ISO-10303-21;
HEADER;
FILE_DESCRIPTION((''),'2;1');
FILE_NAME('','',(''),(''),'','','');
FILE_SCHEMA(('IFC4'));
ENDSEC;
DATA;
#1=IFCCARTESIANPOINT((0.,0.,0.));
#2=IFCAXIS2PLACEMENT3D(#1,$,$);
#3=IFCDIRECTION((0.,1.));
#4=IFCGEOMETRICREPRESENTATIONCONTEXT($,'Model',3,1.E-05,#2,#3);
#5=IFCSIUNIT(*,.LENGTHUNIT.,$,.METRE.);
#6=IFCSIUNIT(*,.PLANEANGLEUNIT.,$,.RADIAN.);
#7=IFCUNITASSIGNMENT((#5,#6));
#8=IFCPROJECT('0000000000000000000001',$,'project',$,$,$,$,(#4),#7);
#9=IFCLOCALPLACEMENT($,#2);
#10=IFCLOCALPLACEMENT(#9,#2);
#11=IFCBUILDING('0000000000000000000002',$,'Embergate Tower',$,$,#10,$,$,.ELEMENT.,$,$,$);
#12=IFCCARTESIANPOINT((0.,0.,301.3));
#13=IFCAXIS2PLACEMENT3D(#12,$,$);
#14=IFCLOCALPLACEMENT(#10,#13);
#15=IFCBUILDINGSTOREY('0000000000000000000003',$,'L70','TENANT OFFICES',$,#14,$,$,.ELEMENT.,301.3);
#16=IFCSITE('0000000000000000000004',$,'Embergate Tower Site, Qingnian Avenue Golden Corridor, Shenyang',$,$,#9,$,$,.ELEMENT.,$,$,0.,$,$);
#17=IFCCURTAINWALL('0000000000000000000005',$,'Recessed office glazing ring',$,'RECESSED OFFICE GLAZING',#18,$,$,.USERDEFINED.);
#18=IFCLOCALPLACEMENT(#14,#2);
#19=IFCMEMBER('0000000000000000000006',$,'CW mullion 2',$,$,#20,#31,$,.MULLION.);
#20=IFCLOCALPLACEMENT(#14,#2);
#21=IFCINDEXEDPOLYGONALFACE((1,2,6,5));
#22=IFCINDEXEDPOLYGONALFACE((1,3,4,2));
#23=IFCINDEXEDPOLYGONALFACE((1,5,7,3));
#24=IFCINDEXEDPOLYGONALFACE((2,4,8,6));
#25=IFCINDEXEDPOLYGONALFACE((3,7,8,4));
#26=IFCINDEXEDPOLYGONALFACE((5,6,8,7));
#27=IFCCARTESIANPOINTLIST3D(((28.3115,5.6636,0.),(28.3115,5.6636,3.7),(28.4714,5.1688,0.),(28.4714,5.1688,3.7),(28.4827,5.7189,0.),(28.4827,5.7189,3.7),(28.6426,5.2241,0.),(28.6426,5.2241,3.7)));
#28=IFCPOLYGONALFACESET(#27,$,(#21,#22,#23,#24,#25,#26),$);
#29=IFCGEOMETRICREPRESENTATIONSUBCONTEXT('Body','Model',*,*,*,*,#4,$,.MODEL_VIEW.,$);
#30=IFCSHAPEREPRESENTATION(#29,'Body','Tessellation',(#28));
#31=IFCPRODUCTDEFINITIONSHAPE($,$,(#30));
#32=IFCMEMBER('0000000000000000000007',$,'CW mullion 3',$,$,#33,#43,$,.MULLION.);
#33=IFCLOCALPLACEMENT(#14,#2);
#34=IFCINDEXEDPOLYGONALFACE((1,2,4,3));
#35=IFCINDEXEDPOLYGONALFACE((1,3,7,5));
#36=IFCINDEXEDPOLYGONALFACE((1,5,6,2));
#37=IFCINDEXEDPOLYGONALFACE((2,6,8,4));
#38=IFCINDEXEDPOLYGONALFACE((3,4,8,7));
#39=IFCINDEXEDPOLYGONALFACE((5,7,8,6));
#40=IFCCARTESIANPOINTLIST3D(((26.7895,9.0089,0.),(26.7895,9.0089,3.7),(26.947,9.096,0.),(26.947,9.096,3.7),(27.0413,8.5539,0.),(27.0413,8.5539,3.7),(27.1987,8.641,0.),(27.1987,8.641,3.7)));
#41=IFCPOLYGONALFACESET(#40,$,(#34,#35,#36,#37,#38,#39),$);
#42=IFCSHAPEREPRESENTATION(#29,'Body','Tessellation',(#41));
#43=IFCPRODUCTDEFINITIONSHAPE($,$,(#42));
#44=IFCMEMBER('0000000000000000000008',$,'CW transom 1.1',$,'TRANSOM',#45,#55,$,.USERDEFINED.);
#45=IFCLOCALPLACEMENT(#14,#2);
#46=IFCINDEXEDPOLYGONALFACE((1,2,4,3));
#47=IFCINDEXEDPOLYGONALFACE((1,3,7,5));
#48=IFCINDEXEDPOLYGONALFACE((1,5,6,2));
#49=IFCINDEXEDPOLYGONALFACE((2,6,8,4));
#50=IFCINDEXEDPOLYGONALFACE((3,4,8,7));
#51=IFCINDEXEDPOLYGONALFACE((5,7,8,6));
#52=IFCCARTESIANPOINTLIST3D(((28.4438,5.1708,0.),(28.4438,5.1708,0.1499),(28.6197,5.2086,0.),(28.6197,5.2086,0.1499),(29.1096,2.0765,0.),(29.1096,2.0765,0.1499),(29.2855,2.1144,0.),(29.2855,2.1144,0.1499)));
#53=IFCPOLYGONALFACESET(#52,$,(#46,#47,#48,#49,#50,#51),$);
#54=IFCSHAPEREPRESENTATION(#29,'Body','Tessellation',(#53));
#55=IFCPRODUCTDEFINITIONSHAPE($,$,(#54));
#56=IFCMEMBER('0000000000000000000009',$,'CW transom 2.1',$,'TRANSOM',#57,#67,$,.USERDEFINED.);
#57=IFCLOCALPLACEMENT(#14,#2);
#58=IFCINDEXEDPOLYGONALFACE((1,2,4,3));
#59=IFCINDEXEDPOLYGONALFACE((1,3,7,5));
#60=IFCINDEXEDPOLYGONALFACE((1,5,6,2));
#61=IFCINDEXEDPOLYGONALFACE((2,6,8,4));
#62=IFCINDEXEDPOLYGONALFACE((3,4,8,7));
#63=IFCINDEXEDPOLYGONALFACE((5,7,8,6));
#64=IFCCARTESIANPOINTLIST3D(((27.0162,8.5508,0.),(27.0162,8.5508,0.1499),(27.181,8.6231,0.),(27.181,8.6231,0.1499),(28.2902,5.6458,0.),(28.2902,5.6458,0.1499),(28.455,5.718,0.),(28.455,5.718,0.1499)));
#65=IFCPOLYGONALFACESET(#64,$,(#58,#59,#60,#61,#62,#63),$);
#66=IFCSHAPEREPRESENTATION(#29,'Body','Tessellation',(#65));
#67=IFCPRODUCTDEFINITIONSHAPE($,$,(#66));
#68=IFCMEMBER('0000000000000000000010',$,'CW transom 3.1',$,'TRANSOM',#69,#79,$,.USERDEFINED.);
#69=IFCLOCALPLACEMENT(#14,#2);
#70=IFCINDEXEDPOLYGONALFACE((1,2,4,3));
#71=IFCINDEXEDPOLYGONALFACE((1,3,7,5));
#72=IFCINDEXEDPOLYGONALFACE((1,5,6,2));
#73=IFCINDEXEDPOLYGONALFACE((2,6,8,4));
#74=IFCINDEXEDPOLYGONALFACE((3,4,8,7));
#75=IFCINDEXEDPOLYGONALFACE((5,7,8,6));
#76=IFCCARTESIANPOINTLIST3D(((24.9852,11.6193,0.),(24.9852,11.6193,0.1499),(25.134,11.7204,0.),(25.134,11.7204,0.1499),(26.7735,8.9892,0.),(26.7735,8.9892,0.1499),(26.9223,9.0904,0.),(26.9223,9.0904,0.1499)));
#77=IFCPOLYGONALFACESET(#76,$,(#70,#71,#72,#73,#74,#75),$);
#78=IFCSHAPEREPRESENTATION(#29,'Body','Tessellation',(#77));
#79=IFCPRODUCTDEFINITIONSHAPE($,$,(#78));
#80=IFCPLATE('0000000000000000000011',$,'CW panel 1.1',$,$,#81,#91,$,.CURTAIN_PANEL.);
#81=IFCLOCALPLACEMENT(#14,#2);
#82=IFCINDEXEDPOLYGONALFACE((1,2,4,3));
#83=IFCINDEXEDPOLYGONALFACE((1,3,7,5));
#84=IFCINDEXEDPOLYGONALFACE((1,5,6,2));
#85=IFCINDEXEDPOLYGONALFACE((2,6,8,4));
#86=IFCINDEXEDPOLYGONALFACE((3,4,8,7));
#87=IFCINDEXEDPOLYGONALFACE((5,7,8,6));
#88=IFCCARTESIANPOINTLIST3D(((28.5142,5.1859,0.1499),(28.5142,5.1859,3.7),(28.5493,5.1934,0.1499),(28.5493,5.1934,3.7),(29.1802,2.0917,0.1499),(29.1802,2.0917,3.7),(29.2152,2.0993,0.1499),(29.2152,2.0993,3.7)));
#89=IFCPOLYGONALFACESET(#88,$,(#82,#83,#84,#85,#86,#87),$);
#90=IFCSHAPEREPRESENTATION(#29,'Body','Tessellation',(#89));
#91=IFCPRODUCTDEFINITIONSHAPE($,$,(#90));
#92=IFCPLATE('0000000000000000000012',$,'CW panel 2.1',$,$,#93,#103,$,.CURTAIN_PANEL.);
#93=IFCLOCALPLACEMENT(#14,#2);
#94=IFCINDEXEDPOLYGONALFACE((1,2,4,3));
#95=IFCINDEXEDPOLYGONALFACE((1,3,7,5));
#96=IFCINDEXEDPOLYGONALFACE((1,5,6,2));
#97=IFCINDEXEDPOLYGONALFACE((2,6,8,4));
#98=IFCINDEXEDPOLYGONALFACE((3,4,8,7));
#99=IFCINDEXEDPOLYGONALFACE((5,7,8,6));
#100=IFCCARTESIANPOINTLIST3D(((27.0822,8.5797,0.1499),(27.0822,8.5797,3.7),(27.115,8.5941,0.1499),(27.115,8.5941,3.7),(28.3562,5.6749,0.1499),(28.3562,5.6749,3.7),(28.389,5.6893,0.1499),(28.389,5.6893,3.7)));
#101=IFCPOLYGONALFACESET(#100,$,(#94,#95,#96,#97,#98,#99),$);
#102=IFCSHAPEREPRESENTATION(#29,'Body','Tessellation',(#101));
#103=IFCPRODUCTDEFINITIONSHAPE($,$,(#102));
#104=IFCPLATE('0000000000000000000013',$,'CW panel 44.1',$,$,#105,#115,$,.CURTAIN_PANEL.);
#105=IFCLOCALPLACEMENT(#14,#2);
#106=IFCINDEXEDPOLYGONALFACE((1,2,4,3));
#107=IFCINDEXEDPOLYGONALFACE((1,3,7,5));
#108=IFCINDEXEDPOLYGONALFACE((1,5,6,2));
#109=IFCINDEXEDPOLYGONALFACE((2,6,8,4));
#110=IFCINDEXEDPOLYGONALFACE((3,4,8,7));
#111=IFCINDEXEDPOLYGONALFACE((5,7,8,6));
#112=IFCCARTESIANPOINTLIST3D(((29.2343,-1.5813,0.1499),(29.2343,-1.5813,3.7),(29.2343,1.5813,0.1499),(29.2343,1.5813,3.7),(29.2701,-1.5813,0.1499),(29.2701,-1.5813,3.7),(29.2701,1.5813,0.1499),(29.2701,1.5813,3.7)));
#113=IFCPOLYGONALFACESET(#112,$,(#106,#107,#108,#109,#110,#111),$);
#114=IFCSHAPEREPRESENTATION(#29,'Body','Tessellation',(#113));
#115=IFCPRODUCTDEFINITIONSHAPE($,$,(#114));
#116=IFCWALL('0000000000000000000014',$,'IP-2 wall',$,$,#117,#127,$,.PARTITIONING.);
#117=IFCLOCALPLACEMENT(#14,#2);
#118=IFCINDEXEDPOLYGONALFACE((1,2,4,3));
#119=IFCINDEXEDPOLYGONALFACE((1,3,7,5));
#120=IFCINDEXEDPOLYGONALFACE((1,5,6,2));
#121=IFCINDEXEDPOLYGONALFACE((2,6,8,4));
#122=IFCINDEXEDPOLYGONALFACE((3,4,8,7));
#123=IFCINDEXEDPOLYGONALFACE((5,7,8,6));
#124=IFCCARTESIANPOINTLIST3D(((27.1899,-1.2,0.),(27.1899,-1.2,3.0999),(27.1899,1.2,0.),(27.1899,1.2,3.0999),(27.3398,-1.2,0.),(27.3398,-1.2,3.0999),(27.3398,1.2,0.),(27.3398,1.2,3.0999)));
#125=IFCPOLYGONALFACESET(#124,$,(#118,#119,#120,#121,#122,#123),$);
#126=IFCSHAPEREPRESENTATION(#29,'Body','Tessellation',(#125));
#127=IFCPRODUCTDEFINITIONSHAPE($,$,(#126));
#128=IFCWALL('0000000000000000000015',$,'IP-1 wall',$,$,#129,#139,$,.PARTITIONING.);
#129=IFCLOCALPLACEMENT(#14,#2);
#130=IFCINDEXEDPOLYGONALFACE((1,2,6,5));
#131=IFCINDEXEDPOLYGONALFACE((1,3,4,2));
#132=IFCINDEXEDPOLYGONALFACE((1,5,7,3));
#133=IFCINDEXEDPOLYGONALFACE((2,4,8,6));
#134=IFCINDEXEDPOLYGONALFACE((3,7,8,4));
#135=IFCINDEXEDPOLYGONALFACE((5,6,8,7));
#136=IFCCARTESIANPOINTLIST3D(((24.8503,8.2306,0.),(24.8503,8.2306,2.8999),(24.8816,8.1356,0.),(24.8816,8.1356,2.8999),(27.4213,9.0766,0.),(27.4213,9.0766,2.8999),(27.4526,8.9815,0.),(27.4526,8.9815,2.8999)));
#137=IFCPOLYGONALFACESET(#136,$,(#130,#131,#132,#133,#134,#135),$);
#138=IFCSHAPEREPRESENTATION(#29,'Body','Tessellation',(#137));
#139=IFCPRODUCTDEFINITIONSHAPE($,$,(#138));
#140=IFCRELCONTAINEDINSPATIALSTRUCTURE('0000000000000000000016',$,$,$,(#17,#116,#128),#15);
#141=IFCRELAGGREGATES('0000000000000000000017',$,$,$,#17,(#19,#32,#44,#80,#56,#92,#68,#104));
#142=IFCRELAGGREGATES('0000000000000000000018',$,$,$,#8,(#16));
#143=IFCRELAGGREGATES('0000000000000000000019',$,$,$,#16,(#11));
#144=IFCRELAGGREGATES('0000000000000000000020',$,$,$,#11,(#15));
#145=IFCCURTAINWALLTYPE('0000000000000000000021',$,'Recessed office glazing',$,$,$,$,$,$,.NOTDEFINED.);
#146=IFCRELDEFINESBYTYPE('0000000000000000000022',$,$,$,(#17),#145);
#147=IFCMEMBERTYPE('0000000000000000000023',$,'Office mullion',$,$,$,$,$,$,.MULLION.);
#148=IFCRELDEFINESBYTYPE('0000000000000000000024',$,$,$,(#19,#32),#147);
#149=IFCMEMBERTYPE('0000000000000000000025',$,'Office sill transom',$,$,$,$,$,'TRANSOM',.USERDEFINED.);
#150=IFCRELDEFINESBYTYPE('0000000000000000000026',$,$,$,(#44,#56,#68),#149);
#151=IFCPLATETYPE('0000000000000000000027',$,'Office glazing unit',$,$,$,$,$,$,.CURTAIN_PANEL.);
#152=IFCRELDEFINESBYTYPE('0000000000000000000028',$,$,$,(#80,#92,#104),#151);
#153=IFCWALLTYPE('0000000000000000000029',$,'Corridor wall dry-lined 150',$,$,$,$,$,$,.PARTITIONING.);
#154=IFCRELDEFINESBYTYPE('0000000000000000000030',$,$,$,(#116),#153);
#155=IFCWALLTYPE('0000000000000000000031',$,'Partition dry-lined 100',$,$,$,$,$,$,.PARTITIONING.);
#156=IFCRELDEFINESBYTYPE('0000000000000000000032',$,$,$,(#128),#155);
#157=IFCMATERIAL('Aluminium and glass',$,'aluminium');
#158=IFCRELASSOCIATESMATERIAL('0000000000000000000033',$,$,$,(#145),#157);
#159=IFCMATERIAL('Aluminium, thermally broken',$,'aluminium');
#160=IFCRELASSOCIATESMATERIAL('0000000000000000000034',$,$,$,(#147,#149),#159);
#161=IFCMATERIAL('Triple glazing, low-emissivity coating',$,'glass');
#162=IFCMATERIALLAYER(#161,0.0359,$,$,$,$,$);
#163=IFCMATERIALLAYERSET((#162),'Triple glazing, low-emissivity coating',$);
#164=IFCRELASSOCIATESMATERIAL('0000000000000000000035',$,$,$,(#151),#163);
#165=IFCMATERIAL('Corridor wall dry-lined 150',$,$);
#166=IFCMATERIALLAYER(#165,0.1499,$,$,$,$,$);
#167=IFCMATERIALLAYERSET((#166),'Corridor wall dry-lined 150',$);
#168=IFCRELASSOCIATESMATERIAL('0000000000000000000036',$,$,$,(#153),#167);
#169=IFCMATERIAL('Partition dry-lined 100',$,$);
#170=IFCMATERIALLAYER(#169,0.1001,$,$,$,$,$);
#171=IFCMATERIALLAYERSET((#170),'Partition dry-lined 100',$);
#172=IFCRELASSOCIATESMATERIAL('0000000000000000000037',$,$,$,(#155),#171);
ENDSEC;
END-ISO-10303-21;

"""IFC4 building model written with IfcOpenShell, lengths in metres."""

from ifc_helpers import new_model, si_unit, direction, frame, frame_2d, origin, origin_2d, place, context, subcontext, project, spatial, rectangle, extrude, source, transform, mapped, material, layer, layer_set, material_profile, profile_set, type_object, element, aggregate, save


model = new_model("IFC4")

# Units and contexts
model_context = context("Model", 3, precision=1e-05, world=origin(), true_north=direction((0.0, 1.0)))
body_context = subcontext(model_context, "Body", "Model", "MODEL_VIEW")
ifc_project = project(units=[si_unit("LENGTHUNIT", "METRE"), si_unit("PLANEANGLEUNIT", "RADIAN")], contexts=[model_context])

# Site, building, storey
site_placement = place(None, origin())
site = spatial("IfcSite", under=ifc_project, at=site_placement, Name="Embergate Tower Site, Qingnian Avenue Golden Corridor, Shenyang", CompositionType="ELEMENT", RefElevation=0.0)
building_placement = place(site_placement, origin())
building = spatial("IfcBuilding", under=site, at=building_placement, Name="Embergate Tower", CompositionType="ELEMENT")
storey_placement = place(building_placement, frame((0.0, 0.0, 301.3)))
storey = spatial("IfcBuildingStorey", under=building, at=storey_placement, Name="L70", Description="TENANT OFFICES", CompositionType="ELEMENT", Elevation=301.3)

# Curtain wall, members, plates
ifc_material_1 = material(Name="Aluminium and glass", Category="aluminium")
curtain_wall_type = type_object("IfcCurtainWallType", Name="Recessed office glazing", PredefinedType="NOTDEFINED", material=ifc_material_1)
curtain_wall_placement = place(storey_placement, origin())
curtain_wall = element("IfcCurtainWall", 1, at=curtain_wall_placement, inside=storey, type_object=curtain_wall_type, Name="Recessed office glazing ring", ObjectType="RECESSED OFFICE GLAZING", PredefinedType="USERDEFINED")
ifc_material_2 = material(Name="Aluminium, thermally broken", Category="aluminium")
ifc_material_profile_1 = material_profile(ifc_material_2, rectangle(XDim=0.1799, YDim=0.52, at=origin_2d()), Name="AL 520x180")
ifc_profile_set_1 = profile_set([ifc_material_profile_1], Name="Aluminium, thermally broken")
member_type_1 = type_object("IfcMemberType", Name="Office mullion", PredefinedType="MULLION", material=ifc_profile_set_1)
shared_shape_1 = source(origin(), body_context, "Body", "SweptSolid", [
    extrude(rectangle(XDim=0.1799, YDim=0.52, at=origin_2d()), origin(), (0.0, 0.0, 1.0), 3.7),
])
member_1_placement = place(storey_placement, frame((28.4771, 5.4438, 0.0), z_axis=(0.0, 0.0, 1.0), x_axis=(-0.951493, -0.307671, 0.0)))
member_1 = element("IfcMember", 2, at=member_1_placement, type_object=member_type_1, Name="CW mullion 2", PredefinedType="MULLION", context=body_context, shape_type="MappedRepresentation", body=[
    mapped(shared_shape_1, transform((0.0, 0.0, 0.0))),
])
member_2_placement = place(storey_placement, frame((26.9941, 8.825, 0.0), z_axis=(0.0, 0.0, 1.0), x_axis=(-0.874993, -0.484135, 0.0)))
member_2 = element("IfcMember", 3, at=member_2_placement, type_object=member_type_1, Name="CW mullion 3", PredefinedType="MULLION", context=body_context, shape_type="MappedRepresentation", body=[
    mapped(shared_shape_1, transform((0.0, 0.0, 0.0))),
])
ifc_material_profile_2 = material_profile(ifc_material_2, rectangle(XDim=0.1799, YDim=0.1499, at=origin_2d()), Name="AL 150x180")
ifc_profile_set_2 = profile_set([ifc_material_profile_2], Name="Aluminium, thermally broken")
member_type_2 = type_object("IfcMemberType", Name="Office sill transom", ElementType="TRANSOM", PredefinedType="USERDEFINED", material=ifc_profile_set_2)
shared_shape_2 = source(origin(), body_context, "Body", "SweptSolid", [
    extrude(rectangle(XDim=0.1799, YDim=0.1499, at=origin_2d()), origin(), (0.0, 0.0, 1.0), 3.165),
])
member_3_placement = place(storey_placement, frame((29.1975, 2.0955, 0.075), z_axis=(-0.210351, 0.977626, 0.0), x_axis=(-0.977626, -0.210351, 0.0)))
member_3 = element("IfcMember", 4, at=member_3_placement, type_object=member_type_2, Name="CW transom 1.1", ObjectType="TRANSOM", PredefinedType="USERDEFINED", context=body_context, shape_type="MappedRepresentation", body=[
    mapped(shared_shape_2, transform((0.0, 0.0, 0.0))),
])
shared_shape_3 = source(origin(), body_context, "Body", "SweptSolid", [
    extrude(rectangle(XDim=0.1799, YDim=0.1499, at=origin_2d()), origin(), (0.0, 0.0, 1.0), 3.1721),
])
member_4_placement = place(storey_placement, frame((28.3726, 5.6819, 0.075), z_axis=(-0.401606, 0.915813, 0.0), x_axis=(-0.915813, -0.401606, 0.0)))
member_4 = element("IfcMember", 5, at=member_4_placement, type_object=member_type_2, Name="CW transom 2.1", ObjectType="TRANSOM", PredefinedType="USERDEFINED", context=body_context, shape_type="MappedRepresentation", body=[
    mapped(shared_shape_3, transform((0.0, 0.0, 0.0))),
])
shared_shape_4 = source(origin(), body_context, "Body", "SweptSolid", [
    extrude(rectangle(XDim=0.1799, YDim=0.1499, at=origin_2d()), origin(), (0.0, 0.0, 1.0), 3.1804),
])
member_5_placement = place(storey_placement, frame((26.8479, 9.0398, 0.075), z_axis=(-0.562276, 0.826949, 0.0), x_axis=(-0.826949, -0.562276, 0.0)))
member_5 = element("IfcMember", 6, at=member_5_placement, type_object=member_type_2, Name="CW transom 3.1", ObjectType="TRANSOM", PredefinedType="USERDEFINED", context=body_context, shape_type="MappedRepresentation", body=[
    mapped(shared_shape_4, transform((0.0, 0.0, 0.0))),
])
ifc_material_3 = material(Name="Triple glazing, low-emissivity coating", Category="glass")
ifc_layer_1 = layer(ifc_material_3, 0.0359)
ifc_layer_set_1 = layer_set([ifc_layer_1], Name="Triple glazing, low-emissivity coating")
plate_type = type_object("IfcPlateType", Name="Office glazing unit", PredefinedType="CURTAIN_PANEL", material=ifc_layer_set_1)
shared_shape_5 = source(origin(), body_context, "Body", "SweptSolid", [
    extrude(rectangle(XDim=3.165, YDim=0.0359, at=origin_2d()), origin(), (0.0, 0.0, 1.0), 3.55),
])
plate_1_placement = place(storey_placement, frame((28.8647, 3.6426, 0.1499), z_axis=(0.0, 0.0, 1.0), x_axis=(-0.210398, 0.977616, 0.0)))
plate_1 = element("IfcPlate", 7, at=plate_1_placement, type_object=plate_type, Name="CW panel 1.1", PredefinedType="CURTAIN_PANEL", context=body_context, shape_type="MappedRepresentation", body=[
    mapped(shared_shape_5, transform((0.0, 0.0, 0.0))),
])
shared_shape_6 = source(origin(), body_context, "Body", "SweptSolid", [
    extrude(rectangle(XDim=3.1719, YDim=0.0359, at=origin_2d()), origin(), (0.0, 0.0, 1.0), 3.55),
])
plate_2_placement = place(storey_placement, frame((27.7356, 7.1345, 0.1499), z_axis=(0.0, 0.0, 1.0), x_axis=(-0.401652, 0.915792, 0.0)))
plate_2 = element("IfcPlate", 8, at=plate_2_placement, type_object=plate_type, Name="CW panel 2.1", PredefinedType="CURTAIN_PANEL", context=body_context, shape_type="MappedRepresentation", body=[
    mapped(shared_shape_6, transform((0.0, 0.0, 0.0))),
])
shared_shape_7 = source(origin(), body_context, "Body", "SweptSolid", [
    extrude(rectangle(XDim=3.1626, YDim=0.0359, at=origin_2d()), origin(), (0.0, 0.0, 1.0), 3.55),
])
plate_3_placement = place(storey_placement, frame((29.2522, 0.0, 0.1499), z_axis=(0.0, 0.0, 1.0), x_axis=(0.0, 1.0, 0.0)))
plate_3 = element("IfcPlate", 9, at=plate_3_placement, type_object=plate_type, Name="CW panel 44.1", PredefinedType="CURTAIN_PANEL", context=body_context, shape_type="MappedRepresentation", body=[
    mapped(shared_shape_7, transform((0.0, 0.0, 0.0))),
])
aggregate(curtain_wall, [member_1, member_2, member_3, plate_1, member_4, plate_2, member_5, plate_3])

# Walls
ifc_material_4 = material(Name="Corridor wall dry-lined 150")
ifc_layer_2 = layer(ifc_material_4, 0.1499)
ifc_layer_set_2 = layer_set([ifc_layer_2], Name="Corridor wall dry-lined 150")
wall_type_1 = type_object("IfcWallType", Name="Corridor wall dry-lined 150", PredefinedType="PARTITIONING", material=ifc_layer_set_2)
shared_shape_8 = source(origin(), body_context, "Body", "SweptSolid", [
    extrude(rectangle(XDim=2.3999, YDim=0.1499, at=frame_2d((1.2, 0.0))), origin(), (0.0, 0.0, 1.0), 3.0999),
])
wall_1_placement = place(storey_placement, frame((27.2649, 1.2, 0.0), z_axis=(0.0, 0.0, 1.0), x_axis=(0.0, -1.0, 0.0)))
element("IfcWall", 10, at=wall_1_placement, inside=storey, type_object=wall_type_1, Name="IP-2 wall", PredefinedType="PARTITIONING", context=body_context, shape_type="MappedRepresentation", body=[
    mapped(shared_shape_8, transform((0.0, 0.0, 0.0))),
])
ifc_material_5 = material(Name="Partition dry-lined 100")
ifc_layer_3 = layer(ifc_material_5, 0.1001)
ifc_layer_set_3 = layer_set([ifc_layer_3], Name="Partition dry-lined 100")
wall_type_2 = type_object("IfcWallType", Name="Partition dry-lined 100", PredefinedType="PARTITIONING", material=ifc_layer_set_3)
shared_shape_9 = source(origin(), body_context, "Body", "SweptSolid", [
    extrude(rectangle(XDim=2.7065, YDim=0.1001, at=frame_2d((1.3533, 0.0))), origin(), (0.0, 0.0, 1.0), 2.8999),
])
wall_2_placement = place(storey_placement, frame((24.866, 8.1831, 0.0), z_axis=(0.0, 0.0, 1.0), x_axis=(0.949903, 0.312545, 0.0)))
element("IfcWall", 11, at=wall_2_placement, inside=storey, type_object=wall_type_2, Name="IP-1 wall", PredefinedType="PARTITIONING", context=body_context, shape_type="MappedRepresentation", body=[
    mapped(shared_shape_9, transform((0.0, 0.0, 0.0))),
])

save(model, "model.ifc")
